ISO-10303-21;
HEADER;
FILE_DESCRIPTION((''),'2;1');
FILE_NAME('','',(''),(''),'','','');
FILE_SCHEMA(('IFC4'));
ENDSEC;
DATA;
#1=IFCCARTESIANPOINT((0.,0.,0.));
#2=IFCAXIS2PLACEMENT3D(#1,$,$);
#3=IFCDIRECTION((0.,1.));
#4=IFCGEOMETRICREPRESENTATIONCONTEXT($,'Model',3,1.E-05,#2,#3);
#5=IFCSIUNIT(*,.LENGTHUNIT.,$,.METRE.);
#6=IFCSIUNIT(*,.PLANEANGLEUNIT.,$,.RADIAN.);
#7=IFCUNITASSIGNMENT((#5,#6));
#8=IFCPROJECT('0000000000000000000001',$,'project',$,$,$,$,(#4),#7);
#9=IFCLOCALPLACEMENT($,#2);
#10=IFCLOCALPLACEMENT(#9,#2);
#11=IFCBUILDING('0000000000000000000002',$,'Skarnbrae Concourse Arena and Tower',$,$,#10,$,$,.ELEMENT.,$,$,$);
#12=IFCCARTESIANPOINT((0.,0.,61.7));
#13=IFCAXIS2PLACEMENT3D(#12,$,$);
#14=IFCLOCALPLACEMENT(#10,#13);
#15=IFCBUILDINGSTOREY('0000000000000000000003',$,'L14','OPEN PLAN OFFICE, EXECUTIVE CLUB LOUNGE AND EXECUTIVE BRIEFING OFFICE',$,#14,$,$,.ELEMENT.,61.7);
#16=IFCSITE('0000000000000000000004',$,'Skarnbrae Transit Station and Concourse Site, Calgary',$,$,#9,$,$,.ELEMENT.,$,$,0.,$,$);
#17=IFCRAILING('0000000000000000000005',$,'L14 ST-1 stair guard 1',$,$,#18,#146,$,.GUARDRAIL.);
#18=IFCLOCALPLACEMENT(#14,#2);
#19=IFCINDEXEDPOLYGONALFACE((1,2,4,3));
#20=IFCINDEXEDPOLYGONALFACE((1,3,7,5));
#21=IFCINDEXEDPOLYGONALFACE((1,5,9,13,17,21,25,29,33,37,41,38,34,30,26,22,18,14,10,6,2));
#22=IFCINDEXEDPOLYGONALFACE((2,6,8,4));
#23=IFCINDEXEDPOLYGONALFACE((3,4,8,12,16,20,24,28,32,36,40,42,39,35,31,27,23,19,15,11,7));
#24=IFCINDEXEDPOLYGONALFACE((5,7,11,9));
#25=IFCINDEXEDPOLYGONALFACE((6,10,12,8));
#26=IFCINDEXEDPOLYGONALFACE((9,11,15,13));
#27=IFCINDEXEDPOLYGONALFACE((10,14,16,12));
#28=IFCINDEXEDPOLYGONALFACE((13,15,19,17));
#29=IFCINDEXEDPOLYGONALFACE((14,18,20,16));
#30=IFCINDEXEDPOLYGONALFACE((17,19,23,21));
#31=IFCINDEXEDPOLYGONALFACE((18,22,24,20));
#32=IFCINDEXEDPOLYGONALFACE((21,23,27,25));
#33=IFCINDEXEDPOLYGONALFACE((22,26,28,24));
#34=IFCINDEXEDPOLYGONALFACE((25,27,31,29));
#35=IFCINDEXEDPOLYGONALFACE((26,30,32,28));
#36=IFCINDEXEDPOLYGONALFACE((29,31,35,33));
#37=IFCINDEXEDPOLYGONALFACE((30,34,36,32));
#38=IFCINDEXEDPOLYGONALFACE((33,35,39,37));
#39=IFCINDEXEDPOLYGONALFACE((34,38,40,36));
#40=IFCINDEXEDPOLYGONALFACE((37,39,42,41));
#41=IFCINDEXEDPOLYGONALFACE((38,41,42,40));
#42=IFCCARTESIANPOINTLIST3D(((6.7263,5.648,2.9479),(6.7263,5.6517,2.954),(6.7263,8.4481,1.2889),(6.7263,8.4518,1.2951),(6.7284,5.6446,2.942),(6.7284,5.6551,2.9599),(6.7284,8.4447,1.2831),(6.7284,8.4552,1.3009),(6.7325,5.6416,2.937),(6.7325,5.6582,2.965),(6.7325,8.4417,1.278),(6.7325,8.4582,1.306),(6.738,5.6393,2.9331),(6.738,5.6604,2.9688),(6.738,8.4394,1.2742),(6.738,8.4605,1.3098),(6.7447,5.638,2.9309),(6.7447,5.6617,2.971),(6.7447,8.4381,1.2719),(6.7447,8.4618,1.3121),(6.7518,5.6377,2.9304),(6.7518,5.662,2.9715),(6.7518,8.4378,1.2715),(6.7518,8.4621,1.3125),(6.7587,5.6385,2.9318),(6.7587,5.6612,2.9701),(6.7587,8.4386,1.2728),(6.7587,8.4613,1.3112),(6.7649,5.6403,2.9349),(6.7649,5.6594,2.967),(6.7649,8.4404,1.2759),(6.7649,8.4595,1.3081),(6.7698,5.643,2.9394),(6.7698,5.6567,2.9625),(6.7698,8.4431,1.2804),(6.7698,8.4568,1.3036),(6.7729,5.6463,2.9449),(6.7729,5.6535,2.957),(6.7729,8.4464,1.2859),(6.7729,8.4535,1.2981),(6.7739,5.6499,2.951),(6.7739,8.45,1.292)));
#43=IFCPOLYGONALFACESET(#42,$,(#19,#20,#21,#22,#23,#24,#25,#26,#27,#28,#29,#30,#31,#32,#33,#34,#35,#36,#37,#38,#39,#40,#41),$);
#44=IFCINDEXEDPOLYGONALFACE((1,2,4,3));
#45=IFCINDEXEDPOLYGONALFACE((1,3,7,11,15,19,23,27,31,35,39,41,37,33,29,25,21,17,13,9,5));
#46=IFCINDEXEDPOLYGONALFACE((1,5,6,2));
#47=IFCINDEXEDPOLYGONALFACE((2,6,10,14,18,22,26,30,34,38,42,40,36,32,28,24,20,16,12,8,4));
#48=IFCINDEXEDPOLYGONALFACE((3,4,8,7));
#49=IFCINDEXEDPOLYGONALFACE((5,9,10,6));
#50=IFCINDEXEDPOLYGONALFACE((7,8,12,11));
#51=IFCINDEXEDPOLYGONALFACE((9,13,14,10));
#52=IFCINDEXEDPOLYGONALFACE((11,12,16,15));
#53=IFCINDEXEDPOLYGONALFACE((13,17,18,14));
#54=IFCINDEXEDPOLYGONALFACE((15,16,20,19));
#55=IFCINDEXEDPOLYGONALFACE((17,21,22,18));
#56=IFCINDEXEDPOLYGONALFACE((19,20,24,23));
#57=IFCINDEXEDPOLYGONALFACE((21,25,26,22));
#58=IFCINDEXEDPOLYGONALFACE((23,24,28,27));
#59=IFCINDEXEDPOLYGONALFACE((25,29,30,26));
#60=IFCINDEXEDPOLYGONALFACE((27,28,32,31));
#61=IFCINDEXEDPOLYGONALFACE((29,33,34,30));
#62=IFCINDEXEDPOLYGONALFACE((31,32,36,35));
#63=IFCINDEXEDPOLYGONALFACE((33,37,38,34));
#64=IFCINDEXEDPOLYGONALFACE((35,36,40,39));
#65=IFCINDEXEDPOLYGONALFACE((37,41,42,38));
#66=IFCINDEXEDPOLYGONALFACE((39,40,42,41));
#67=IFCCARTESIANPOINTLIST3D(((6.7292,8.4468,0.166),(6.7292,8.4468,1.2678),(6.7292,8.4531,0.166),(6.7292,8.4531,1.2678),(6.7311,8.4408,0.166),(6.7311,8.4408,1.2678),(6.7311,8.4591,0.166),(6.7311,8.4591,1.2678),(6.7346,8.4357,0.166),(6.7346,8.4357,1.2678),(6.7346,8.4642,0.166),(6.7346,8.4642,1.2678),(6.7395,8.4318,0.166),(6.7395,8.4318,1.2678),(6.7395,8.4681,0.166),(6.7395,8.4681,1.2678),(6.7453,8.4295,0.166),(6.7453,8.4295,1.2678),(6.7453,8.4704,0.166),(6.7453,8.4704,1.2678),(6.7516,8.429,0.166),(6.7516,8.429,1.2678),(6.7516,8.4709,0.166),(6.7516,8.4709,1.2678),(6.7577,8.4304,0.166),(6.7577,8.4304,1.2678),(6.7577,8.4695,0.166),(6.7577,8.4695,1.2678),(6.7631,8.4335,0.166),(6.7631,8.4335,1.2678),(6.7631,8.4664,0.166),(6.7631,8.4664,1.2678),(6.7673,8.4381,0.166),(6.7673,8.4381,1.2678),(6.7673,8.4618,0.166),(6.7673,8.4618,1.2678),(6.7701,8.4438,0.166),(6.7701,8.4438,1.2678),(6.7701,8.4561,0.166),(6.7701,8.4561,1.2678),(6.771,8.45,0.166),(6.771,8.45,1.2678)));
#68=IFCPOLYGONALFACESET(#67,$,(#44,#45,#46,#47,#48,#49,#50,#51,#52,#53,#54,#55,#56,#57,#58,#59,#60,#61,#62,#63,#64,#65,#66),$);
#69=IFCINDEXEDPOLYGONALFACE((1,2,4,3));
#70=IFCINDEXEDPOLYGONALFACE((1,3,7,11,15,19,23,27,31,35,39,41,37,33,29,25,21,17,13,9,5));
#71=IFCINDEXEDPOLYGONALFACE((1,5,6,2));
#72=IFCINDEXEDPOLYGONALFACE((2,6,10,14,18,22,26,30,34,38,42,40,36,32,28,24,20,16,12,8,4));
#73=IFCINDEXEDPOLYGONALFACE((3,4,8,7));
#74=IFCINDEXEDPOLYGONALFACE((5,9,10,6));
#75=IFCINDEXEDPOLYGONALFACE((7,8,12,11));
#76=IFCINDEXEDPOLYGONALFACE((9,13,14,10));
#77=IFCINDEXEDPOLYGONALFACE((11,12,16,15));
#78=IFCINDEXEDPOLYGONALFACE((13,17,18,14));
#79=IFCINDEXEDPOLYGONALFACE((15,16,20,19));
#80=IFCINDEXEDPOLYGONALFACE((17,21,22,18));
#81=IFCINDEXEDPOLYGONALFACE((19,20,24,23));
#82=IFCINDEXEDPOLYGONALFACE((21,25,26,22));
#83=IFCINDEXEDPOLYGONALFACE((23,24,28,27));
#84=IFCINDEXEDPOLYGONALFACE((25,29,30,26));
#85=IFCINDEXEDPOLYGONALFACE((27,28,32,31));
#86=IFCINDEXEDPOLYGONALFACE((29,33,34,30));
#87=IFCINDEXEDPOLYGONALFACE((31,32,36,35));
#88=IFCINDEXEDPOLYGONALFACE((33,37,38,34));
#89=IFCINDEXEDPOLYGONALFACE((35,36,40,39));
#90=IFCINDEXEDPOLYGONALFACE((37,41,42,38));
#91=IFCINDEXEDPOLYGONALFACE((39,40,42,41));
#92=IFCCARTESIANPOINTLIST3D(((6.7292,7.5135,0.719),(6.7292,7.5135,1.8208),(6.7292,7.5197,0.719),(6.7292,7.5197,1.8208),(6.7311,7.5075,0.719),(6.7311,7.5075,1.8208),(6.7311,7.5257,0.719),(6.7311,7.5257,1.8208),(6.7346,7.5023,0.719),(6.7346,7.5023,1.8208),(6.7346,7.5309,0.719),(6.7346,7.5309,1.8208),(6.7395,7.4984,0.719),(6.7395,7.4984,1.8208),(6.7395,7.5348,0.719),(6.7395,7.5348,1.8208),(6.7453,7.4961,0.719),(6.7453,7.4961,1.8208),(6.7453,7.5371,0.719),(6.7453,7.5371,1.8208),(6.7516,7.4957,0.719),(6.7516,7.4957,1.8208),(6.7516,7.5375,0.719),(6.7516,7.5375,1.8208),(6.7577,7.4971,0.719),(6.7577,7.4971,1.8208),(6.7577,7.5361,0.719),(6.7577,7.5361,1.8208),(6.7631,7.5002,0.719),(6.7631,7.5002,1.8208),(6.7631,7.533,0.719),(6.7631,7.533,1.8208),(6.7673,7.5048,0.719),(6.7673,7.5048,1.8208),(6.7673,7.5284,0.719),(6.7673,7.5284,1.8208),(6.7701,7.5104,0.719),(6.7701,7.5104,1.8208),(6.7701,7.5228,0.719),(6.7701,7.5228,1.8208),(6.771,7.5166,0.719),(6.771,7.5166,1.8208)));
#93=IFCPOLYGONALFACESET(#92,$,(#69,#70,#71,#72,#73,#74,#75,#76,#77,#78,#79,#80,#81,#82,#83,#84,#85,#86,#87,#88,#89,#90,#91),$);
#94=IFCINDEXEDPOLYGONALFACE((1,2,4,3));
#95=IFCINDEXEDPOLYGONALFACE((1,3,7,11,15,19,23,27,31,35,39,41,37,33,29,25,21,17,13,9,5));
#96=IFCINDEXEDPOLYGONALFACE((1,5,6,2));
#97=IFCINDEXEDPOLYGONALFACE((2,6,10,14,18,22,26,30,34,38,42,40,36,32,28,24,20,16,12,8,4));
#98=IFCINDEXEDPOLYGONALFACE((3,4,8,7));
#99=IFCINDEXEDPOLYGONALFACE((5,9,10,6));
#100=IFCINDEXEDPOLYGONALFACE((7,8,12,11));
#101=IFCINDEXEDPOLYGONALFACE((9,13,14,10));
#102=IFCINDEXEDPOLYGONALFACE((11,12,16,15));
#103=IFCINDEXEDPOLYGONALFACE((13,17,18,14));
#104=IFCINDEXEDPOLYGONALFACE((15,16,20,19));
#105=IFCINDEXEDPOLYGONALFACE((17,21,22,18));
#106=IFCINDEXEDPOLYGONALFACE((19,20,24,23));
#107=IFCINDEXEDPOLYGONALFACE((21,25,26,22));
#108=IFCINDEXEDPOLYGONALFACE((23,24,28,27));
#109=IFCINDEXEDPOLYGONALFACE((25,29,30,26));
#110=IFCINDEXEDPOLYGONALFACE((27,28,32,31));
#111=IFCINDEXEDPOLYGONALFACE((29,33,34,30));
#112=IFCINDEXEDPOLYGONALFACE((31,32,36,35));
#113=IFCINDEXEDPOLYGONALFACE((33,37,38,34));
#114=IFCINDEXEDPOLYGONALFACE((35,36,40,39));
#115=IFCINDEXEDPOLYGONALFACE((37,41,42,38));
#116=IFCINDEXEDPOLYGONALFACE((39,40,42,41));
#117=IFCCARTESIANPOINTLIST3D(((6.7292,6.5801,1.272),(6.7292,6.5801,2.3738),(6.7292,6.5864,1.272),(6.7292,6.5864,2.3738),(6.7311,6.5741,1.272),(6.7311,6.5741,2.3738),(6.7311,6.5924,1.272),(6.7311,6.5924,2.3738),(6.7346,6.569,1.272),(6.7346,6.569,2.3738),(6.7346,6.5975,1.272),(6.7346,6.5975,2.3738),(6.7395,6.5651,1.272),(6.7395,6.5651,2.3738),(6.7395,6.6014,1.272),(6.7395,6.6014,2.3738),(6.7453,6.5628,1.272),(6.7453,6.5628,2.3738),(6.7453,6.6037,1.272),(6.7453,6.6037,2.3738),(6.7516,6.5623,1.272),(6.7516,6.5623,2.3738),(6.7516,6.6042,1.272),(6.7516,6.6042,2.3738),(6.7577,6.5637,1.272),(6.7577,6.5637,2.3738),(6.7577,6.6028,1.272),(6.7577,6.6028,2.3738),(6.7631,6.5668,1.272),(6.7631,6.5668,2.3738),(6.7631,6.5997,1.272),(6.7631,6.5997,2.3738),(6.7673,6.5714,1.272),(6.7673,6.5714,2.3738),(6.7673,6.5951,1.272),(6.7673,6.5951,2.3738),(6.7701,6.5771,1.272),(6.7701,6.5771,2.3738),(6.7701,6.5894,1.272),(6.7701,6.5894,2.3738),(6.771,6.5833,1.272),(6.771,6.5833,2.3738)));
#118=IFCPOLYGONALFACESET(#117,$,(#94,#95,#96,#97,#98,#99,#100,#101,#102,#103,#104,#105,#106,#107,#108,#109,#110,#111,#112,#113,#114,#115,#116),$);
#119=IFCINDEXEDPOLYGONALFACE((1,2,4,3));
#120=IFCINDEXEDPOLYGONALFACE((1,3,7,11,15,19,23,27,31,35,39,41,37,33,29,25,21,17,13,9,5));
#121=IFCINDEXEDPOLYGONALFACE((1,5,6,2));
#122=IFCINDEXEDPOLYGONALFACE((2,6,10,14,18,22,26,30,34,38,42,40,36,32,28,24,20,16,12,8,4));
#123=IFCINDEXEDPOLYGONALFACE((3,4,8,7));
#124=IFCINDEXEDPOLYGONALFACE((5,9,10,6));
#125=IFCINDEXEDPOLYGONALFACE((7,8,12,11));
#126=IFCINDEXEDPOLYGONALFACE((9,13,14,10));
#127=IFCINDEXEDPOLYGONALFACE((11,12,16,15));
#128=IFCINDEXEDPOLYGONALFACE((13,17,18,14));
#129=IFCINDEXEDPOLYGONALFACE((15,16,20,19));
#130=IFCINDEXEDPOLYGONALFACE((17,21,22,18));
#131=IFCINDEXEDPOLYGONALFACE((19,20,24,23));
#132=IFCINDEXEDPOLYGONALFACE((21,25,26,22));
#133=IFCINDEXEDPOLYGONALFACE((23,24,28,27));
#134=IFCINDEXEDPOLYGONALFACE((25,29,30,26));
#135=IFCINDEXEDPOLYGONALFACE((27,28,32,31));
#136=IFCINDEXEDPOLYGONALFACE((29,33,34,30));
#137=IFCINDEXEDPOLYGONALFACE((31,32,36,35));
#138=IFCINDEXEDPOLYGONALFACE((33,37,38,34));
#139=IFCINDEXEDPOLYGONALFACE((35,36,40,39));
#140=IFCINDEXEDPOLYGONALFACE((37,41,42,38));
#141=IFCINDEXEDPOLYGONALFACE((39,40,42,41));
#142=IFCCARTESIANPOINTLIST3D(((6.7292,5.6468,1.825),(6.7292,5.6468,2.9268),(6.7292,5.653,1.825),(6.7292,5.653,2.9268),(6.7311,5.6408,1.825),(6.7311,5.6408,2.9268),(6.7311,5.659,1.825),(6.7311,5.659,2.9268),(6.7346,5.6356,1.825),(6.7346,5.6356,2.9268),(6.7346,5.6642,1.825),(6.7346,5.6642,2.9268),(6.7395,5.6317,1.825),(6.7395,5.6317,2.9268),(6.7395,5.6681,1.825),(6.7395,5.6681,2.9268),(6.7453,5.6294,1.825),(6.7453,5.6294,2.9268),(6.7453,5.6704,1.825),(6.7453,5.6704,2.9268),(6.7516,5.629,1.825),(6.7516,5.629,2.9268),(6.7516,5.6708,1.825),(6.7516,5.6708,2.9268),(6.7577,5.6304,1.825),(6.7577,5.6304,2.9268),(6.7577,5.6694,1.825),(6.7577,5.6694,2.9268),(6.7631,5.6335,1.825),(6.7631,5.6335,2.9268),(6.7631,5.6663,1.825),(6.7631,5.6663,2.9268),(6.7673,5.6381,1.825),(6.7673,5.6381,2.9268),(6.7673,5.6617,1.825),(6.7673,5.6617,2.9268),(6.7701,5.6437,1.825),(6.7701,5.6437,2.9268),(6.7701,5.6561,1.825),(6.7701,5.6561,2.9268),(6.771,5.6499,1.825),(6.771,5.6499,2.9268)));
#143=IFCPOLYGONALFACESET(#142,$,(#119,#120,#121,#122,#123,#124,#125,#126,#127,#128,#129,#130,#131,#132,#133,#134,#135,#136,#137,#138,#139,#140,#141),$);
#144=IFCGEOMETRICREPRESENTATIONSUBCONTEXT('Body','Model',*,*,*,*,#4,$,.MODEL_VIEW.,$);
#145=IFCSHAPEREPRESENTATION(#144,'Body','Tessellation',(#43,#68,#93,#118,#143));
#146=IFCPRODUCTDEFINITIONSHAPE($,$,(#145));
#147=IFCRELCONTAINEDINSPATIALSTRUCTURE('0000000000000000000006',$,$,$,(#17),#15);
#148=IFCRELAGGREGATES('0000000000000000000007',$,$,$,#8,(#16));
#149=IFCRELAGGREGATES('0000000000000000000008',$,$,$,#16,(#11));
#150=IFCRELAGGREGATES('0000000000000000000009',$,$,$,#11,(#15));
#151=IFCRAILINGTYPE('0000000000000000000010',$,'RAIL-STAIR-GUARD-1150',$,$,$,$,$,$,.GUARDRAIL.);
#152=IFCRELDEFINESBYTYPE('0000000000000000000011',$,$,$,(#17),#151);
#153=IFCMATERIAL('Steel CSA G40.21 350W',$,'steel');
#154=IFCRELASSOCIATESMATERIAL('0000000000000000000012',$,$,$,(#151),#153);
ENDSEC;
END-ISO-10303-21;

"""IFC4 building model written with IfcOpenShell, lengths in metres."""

from ifc_helpers import new_model, si_unit, direction, frame, origin, origin_2d, place, context, subcontext, project, spatial, circle, extrude, material, type_object, element, save


model = new_model("IFC4")

# Units and contexts
model_context = context("Model", 3, precision=1e-05, world=origin(), true_north=direction((0.0, 1.0)))
body_context = subcontext(model_context, "Body", "Model", "MODEL_VIEW")
ifc_project = project(units=[si_unit("LENGTHUNIT", "METRE"), si_unit("PLANEANGLEUNIT", "RADIAN")], contexts=[model_context])

# Site, building, storey
site_placement = place(None, origin())
site = spatial("IfcSite", under=ifc_project, at=site_placement, Name="Skarnbrae Transit Station and Concourse Site, Calgary", CompositionType="ELEMENT", RefElevation=0.0)
building_placement = place(site_placement, origin())
building = spatial("IfcBuilding", under=site, at=building_placement, Name="Skarnbrae Concourse Arena and Tower", CompositionType="ELEMENT")
storey_placement = place(building_placement, frame((0.0, 0.0, 61.7)))
storey = spatial("IfcBuildingStorey", under=building, at=storey_placement, Name="L14", Description="OPEN PLAN OFFICE, EXECUTIVE CLUB LOUNGE AND EXECUTIVE BRIEFING OFFICE", CompositionType="ELEMENT", Elevation=61.7)

# Shared definitions
ifc_material_1 = material(Name="Steel CSA G40.21 350W", Category="steel")

# Railing
railing_type_1 = type_object("IfcRailingType", Name="RAIL-STAIR-GUARD-1150", PredefinedType="GUARDRAIL", material=ifc_material_1)
railing_1_placement = place(storey_placement, frame((6.75, 8.45, 0.166)))
element("IfcRailing", 1, at=railing_1_placement, inside=storey, type_object=railing_type_1, Name="L14 ST-1 stair guard 1", PredefinedType="GUARDRAIL", context=body_context, shape_type="SweptSolid", body=[
    extrude(circle(Radius=0.0239, at=origin_2d()), frame((0.0, 0.0, 1.126), z_axis=(0.0, -0.860339, 0.509722), x_axis=(1.0, 0.0, 0.0)), (0.0, 0.0, 1.0), 3.2546),
    extrude(circle(Radius=0.021, at=origin_2d()), origin(), (0.0, 0.0, 1.0), 1.1018),
    extrude(circle(Radius=0.021, at=origin_2d()), frame((0.0, -0.9333, 0.553)), (0.0, 0.0, 1.0), 1.1018),
    extrude(circle(Radius=0.021, at=origin_2d()), frame((0.0, -1.8667, 1.106)), (0.0, 0.0, 1.0), 1.1018),
    extrude(circle(Radius=0.021, at=origin_2d()), frame((0.0, -2.8, 1.6589)), (0.0, 0.0, 1.0), 1.1018),
])

save(model, "model.ifc")
